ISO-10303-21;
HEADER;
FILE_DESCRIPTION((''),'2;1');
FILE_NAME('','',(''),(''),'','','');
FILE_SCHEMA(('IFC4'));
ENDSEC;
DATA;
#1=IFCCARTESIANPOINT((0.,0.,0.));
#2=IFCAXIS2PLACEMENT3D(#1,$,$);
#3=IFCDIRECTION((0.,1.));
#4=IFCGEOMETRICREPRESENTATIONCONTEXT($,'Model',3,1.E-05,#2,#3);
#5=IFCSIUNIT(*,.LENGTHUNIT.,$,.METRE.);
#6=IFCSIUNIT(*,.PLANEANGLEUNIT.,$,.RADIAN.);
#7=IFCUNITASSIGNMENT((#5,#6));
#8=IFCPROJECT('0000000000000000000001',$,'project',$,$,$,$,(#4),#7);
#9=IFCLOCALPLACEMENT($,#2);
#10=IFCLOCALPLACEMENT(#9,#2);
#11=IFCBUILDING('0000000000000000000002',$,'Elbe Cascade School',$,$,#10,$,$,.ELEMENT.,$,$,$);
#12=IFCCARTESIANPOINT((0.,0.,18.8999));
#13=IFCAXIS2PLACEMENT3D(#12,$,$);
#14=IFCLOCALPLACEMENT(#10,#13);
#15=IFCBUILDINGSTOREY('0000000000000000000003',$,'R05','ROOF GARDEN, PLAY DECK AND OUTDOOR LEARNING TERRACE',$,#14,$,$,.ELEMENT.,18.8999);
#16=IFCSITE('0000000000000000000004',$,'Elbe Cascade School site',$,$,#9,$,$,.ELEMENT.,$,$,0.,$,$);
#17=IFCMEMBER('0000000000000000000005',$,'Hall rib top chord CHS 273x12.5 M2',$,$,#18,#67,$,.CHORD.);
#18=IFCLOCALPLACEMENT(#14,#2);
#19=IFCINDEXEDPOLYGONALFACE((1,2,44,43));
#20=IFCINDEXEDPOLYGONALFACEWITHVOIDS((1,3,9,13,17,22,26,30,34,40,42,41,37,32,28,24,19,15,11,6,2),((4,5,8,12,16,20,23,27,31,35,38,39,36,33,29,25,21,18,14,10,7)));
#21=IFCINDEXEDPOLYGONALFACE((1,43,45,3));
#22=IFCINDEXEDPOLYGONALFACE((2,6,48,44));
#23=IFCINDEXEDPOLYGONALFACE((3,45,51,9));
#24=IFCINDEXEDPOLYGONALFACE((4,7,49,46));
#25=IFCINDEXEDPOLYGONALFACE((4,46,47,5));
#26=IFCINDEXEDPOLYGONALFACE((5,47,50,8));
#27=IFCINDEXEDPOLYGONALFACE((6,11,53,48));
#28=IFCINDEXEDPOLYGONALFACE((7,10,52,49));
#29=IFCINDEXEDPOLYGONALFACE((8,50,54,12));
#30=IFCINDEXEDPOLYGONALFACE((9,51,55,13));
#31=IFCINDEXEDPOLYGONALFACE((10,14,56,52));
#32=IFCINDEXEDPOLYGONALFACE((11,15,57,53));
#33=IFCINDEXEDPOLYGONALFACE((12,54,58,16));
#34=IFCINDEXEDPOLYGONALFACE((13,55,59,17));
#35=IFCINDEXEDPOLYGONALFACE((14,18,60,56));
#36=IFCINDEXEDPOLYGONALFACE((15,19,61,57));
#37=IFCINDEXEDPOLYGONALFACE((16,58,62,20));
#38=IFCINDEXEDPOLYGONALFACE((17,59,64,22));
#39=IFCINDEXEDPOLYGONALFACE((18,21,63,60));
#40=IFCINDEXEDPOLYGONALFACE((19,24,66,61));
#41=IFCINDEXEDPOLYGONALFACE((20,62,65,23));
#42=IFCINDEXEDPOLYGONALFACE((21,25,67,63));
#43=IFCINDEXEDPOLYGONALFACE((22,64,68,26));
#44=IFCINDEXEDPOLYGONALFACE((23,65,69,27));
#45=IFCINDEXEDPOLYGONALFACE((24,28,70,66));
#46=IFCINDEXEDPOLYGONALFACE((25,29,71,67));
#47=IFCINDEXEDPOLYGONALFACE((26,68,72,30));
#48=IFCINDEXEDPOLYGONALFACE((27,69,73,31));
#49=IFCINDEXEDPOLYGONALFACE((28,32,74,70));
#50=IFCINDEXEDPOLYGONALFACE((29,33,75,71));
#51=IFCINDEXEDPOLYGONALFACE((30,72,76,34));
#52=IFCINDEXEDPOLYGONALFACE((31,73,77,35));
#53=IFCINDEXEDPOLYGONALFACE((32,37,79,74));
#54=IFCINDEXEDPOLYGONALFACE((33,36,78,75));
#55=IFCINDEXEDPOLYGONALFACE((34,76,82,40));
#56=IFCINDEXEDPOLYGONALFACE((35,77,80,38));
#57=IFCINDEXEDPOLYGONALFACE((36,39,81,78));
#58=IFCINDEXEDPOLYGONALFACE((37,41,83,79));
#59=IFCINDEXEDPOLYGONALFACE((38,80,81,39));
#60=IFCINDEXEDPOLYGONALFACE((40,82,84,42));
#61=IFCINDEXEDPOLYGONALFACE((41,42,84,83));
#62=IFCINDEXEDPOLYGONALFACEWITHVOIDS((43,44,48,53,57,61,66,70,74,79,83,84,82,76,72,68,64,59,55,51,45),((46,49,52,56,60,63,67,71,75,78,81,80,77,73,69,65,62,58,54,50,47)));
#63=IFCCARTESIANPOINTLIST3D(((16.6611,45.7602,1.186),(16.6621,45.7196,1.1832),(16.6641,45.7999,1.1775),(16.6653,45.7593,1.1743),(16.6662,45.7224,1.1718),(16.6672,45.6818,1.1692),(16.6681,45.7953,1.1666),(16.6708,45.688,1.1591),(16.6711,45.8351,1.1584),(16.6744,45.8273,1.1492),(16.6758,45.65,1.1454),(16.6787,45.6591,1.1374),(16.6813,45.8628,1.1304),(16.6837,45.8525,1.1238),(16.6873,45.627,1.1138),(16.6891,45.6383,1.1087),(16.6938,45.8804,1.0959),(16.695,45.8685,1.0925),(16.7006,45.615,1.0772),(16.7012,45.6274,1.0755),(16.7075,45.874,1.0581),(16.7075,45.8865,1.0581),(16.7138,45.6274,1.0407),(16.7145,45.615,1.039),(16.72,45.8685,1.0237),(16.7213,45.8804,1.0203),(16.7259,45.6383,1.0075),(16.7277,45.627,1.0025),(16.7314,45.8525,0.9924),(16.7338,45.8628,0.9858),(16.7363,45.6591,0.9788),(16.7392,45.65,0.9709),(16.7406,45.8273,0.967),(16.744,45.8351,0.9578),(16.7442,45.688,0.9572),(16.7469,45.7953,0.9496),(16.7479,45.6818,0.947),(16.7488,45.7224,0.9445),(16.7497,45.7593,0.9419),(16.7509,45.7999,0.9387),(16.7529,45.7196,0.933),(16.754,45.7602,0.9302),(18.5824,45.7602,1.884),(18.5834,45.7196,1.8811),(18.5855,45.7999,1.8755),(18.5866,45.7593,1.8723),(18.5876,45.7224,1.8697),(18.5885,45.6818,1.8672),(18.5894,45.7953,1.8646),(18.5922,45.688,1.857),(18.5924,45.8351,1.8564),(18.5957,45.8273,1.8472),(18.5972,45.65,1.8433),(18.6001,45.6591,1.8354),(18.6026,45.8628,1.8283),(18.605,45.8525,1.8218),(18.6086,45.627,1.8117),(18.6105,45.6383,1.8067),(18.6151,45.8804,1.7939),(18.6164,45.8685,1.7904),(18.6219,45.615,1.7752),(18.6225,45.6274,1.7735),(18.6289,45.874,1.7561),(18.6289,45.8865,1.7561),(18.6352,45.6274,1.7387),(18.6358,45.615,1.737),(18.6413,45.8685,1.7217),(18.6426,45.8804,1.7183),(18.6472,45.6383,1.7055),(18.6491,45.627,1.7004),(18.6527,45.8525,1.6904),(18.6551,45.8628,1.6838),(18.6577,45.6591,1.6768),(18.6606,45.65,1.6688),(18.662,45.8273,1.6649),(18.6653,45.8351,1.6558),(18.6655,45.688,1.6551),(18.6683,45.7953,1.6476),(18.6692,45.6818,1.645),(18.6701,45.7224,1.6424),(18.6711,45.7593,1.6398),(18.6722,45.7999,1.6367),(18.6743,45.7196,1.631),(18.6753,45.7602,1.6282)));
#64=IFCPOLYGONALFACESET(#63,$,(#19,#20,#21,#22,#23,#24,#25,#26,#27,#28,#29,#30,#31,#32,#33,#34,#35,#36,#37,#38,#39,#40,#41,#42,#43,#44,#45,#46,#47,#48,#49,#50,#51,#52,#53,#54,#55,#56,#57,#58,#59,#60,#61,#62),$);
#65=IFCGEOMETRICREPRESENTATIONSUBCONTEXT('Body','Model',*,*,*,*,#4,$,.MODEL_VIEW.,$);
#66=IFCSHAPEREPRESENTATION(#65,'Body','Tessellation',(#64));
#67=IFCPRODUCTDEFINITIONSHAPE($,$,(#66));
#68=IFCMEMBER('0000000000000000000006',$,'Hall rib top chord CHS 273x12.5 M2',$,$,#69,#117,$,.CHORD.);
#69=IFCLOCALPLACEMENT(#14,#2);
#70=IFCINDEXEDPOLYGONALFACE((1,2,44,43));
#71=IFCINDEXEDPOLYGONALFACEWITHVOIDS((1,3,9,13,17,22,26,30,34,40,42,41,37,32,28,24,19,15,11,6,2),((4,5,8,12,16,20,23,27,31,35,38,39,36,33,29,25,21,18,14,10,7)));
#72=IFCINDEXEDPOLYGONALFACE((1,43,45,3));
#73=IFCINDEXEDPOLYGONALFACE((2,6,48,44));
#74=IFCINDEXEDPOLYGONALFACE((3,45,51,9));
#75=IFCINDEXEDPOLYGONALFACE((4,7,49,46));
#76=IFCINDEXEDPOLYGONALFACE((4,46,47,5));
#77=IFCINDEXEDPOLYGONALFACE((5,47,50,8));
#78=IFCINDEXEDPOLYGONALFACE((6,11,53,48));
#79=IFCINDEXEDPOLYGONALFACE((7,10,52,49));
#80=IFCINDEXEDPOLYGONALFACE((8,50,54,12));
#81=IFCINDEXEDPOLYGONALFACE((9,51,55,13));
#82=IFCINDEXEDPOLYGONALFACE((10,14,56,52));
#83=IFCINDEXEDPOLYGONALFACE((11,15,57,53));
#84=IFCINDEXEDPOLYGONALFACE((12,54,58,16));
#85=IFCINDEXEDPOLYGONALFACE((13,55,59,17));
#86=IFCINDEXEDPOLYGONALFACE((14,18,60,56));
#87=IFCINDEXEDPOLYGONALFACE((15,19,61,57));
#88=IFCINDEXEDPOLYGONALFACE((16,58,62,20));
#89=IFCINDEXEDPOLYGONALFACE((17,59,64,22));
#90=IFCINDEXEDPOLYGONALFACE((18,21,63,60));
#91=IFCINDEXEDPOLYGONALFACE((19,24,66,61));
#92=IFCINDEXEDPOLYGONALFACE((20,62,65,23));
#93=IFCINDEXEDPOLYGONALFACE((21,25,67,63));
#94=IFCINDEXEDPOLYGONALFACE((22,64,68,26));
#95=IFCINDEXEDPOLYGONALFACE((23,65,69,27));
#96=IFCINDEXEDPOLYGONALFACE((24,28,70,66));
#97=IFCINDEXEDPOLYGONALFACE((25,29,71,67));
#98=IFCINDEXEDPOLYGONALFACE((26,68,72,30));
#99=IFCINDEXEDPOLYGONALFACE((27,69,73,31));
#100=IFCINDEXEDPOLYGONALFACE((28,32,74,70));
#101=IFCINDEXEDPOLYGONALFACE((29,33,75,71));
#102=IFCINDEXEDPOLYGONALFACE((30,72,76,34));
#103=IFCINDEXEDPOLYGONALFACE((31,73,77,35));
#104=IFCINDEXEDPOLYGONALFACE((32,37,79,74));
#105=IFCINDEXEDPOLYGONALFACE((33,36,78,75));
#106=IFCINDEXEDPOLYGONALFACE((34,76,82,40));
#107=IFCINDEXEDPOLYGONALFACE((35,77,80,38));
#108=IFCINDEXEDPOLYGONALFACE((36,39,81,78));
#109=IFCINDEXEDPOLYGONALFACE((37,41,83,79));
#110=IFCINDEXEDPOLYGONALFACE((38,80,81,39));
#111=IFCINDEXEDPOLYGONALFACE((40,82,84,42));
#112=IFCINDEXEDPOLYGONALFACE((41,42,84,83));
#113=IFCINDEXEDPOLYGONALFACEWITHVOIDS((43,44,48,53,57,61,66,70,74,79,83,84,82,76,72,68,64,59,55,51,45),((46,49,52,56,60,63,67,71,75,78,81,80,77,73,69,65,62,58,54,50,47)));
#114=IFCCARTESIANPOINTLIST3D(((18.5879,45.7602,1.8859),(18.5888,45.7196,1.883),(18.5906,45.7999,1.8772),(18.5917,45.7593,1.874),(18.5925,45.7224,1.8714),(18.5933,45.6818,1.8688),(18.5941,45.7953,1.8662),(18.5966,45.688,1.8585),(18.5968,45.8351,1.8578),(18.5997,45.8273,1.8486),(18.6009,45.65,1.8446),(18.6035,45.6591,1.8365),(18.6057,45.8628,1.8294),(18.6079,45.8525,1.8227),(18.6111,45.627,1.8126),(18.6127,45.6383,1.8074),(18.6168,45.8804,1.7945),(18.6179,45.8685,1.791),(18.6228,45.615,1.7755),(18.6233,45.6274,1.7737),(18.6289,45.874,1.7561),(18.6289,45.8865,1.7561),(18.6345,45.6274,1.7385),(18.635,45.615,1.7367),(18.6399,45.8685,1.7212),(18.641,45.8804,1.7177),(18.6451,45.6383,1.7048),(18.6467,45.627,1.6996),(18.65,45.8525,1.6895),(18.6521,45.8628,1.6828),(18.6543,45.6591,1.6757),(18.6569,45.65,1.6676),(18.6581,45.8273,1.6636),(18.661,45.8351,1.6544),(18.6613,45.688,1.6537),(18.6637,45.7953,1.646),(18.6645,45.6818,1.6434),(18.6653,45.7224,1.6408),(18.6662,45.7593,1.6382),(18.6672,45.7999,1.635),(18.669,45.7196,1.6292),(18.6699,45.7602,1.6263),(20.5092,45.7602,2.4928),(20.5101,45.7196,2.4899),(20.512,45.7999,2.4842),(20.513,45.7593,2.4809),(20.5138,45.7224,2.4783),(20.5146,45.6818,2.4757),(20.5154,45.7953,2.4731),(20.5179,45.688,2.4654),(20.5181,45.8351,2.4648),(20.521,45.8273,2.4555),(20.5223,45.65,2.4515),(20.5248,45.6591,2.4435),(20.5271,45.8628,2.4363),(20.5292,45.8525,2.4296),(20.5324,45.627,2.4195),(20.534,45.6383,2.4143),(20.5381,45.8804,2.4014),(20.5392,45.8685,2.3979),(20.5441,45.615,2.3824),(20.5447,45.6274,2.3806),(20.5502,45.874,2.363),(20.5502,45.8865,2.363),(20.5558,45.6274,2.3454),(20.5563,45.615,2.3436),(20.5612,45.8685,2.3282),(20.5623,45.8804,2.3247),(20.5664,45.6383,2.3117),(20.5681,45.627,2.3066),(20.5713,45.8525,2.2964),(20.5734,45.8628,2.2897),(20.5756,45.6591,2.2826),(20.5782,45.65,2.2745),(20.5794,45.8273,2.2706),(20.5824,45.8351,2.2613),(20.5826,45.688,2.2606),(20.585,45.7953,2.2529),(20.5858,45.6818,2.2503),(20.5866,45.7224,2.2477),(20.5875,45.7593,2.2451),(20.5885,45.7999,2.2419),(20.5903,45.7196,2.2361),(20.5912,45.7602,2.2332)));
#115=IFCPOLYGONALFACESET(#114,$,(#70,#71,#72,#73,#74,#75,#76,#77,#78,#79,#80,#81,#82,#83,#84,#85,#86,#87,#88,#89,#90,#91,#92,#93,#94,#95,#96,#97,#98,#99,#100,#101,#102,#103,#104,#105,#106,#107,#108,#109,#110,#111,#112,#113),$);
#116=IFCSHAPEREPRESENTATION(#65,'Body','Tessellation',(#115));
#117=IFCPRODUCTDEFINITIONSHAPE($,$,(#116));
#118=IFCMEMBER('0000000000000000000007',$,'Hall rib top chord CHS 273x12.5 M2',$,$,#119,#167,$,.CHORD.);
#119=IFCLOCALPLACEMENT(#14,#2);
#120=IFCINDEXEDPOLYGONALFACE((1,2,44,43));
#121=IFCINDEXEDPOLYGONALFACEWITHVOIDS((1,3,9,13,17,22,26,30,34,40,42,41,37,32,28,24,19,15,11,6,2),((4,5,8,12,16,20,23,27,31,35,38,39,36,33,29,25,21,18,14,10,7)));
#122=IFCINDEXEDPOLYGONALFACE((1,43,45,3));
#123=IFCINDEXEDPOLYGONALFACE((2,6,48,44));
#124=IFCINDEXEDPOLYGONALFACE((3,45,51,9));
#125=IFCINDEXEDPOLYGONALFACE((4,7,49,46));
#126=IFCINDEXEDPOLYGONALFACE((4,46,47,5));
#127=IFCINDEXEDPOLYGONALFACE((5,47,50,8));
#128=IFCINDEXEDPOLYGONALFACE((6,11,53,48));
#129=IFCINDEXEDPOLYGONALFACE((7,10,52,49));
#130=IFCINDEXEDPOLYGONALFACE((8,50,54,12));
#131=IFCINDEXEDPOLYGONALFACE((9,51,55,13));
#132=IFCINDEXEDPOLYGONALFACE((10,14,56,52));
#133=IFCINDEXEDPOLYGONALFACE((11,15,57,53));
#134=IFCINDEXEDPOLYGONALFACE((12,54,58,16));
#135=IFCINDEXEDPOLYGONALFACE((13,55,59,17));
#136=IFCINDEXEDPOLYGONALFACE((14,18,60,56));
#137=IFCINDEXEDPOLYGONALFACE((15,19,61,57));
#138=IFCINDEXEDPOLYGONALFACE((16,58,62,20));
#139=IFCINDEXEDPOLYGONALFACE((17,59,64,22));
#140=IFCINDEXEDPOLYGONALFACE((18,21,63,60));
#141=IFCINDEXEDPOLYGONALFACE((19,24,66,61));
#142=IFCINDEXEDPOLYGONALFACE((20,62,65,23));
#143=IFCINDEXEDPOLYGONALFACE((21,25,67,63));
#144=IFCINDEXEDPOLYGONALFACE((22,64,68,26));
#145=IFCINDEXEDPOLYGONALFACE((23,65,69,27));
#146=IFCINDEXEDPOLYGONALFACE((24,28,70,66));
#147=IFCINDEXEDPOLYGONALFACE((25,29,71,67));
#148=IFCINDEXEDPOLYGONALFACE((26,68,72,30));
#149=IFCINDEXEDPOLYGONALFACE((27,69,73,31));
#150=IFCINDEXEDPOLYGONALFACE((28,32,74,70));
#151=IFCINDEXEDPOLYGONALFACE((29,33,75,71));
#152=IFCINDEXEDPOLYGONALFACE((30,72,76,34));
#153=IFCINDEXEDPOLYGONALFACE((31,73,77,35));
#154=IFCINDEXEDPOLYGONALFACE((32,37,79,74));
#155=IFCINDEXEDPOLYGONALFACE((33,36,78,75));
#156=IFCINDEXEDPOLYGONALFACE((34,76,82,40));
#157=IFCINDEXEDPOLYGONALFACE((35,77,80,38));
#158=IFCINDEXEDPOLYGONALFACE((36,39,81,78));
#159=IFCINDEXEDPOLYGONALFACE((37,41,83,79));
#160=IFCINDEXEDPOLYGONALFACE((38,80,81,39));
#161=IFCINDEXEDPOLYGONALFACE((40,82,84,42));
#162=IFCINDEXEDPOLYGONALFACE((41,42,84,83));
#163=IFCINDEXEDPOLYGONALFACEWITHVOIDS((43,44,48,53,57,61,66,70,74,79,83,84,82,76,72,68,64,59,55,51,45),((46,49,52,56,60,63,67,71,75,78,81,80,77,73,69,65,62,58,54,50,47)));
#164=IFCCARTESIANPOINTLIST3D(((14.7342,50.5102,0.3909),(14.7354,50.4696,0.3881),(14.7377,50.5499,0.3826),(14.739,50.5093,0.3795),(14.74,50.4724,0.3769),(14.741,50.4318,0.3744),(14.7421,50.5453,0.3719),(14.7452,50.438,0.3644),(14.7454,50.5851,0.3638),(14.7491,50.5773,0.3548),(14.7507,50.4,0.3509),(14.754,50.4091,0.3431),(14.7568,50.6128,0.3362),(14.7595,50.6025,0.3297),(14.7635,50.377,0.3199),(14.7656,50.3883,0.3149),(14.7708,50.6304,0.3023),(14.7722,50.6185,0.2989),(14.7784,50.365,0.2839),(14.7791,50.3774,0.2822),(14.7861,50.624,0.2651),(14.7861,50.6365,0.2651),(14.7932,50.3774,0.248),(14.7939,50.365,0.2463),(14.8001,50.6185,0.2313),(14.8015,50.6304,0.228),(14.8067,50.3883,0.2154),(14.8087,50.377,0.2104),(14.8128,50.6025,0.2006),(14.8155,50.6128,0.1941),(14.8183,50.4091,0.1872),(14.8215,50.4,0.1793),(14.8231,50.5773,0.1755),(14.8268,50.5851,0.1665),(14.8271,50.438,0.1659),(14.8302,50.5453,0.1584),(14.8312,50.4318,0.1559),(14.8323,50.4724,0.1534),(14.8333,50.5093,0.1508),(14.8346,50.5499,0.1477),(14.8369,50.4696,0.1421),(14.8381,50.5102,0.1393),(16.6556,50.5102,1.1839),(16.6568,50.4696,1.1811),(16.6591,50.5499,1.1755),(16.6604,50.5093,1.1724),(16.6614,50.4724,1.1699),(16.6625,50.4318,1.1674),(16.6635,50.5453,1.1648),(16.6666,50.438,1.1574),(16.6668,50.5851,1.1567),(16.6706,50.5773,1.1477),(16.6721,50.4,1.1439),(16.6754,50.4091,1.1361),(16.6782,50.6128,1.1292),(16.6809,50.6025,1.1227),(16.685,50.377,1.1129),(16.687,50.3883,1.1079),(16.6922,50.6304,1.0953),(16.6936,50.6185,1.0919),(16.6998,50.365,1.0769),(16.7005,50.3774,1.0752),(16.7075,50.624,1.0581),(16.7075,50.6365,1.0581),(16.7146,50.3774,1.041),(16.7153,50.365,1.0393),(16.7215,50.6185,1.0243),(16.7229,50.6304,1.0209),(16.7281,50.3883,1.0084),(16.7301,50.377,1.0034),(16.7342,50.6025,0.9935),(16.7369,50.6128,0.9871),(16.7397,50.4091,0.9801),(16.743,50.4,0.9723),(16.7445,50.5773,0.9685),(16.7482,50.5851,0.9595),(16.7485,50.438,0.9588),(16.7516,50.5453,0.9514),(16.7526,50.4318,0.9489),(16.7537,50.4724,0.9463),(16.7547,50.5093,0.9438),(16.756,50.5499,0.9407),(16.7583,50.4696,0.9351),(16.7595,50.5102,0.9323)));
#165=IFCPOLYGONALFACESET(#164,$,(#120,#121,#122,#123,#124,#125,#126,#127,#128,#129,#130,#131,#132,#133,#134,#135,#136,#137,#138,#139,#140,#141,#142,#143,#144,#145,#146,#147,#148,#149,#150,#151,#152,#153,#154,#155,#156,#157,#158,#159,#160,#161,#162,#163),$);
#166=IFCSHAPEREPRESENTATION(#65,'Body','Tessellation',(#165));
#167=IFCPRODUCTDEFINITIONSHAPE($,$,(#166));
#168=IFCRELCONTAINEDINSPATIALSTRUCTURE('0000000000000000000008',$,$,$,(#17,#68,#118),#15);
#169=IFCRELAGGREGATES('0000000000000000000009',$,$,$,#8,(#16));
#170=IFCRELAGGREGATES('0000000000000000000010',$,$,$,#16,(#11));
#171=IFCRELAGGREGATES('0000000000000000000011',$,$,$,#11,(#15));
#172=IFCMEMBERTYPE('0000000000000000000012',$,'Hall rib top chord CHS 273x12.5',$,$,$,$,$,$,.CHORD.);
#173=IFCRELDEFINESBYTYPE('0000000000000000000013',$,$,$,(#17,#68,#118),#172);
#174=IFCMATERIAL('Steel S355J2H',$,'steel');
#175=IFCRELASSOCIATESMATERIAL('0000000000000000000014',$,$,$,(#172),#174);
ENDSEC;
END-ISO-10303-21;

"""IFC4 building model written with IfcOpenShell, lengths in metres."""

from ifc_helpers import new_model, si_unit, direction, frame, origin, origin_2d, place, context, subcontext, project, spatial, hollow_circle, extrude, material, material_profile, profile_set, type_object, element, save


model = new_model("IFC4")

# Units and contexts
model_context = context("Model", 3, precision=1e-05, world=origin(), true_north=direction((0.0, 1.0)))
body_context = subcontext(model_context, "Body", "Model", "MODEL_VIEW")
ifc_project = project(units=[si_unit("LENGTHUNIT", "METRE"), si_unit("PLANEANGLEUNIT", "RADIAN")], contexts=[model_context])

# Site, building, storey
site_placement = place(None, origin())
site = spatial("IfcSite", under=ifc_project, at=site_placement, Name="Elbe Cascade School site", CompositionType="ELEMENT", RefElevation=0.0)
building_placement = place(site_placement, origin())
building = spatial("IfcBuilding", under=site, at=building_placement, Name="Elbe Cascade School", CompositionType="ELEMENT")
storey_placement = place(building_placement, frame((0.0, 0.0, 18.8999)))
storey = spatial("IfcBuildingStorey", under=building, at=storey_placement, Name="R05", Description="ROOF GARDEN, PLAY DECK AND OUTDOOR LEARNING TERRACE", CompositionType="ELEMENT", Elevation=18.8999)

# Members
ifc_material_1 = material(Name="Steel S355J2H", Category="steel")
ifc_material_profile_1 = material_profile(ifc_material_1, hollow_circle(Radius=0.1365, WallThickness=0.0125, at=origin_2d()), Name="CHS 273x12.5")
ifc_profile_set_1 = profile_set([ifc_material_profile_1], Name="Steel S355J2H")
member_type_1 = type_object("IfcMemberType", Name="Hall rib top chord CHS 273x12.5", PredefinedType="CHORD", material=ifc_profile_set_1)
member_1_placement = place(storey_placement, frame((16.7075, 45.75, 1.0581), z_axis=(0.939901, 0.0, 0.341446), x_axis=(0.0, 1.0, 0.0)))
element("IfcMember", 1, at=member_1_placement, inside=storey, type_object=member_type_1, Name="Hall rib top chord CHS 273x12.5 M2", PredefinedType="CHORD", context=body_context, shape_type="SweptSolid", body=[
    extrude(hollow_circle(Radius=0.1365, WallThickness=0.0125, at=origin_2d()), origin(), (0.0, 0.0, 1.0), 2.0442),
])
member_2_placement = place(storey_placement, frame((18.6289, 45.75, 1.7561), z_axis=(0.953557, 0.0, 0.301213), x_axis=(0.0, 1.0, 0.0)))
element("IfcMember", 2, at=member_2_placement, inside=storey, type_object=member_type_1, Name="Hall rib top chord CHS 273x12.5 M2", PredefinedType="CHORD", context=body_context, shape_type="SweptSolid", body=[
    extrude(hollow_circle(Radius=0.1365, WallThickness=0.0125, at=origin_2d()), origin(), (0.0, 0.0, 1.0), 2.0149),
])
member_3_placement = place(storey_placement, frame((14.7861, 50.5, 0.2651), z_axis=(0.924371, 0.0, 0.381494), x_axis=(0.0, 1.0, 0.0)))
element("IfcMember", 3, at=member_3_placement, inside=storey, type_object=member_type_1, Name="Hall rib top chord CHS 273x12.5 M2", PredefinedType="CHORD", context=body_context, shape_type="SweptSolid", body=[
    extrude(hollow_circle(Radius=0.1365, WallThickness=0.0125, at=origin_2d()), origin(), (0.0, 0.0, 1.0), 2.0786),
])

save(model, "model.ifc")
